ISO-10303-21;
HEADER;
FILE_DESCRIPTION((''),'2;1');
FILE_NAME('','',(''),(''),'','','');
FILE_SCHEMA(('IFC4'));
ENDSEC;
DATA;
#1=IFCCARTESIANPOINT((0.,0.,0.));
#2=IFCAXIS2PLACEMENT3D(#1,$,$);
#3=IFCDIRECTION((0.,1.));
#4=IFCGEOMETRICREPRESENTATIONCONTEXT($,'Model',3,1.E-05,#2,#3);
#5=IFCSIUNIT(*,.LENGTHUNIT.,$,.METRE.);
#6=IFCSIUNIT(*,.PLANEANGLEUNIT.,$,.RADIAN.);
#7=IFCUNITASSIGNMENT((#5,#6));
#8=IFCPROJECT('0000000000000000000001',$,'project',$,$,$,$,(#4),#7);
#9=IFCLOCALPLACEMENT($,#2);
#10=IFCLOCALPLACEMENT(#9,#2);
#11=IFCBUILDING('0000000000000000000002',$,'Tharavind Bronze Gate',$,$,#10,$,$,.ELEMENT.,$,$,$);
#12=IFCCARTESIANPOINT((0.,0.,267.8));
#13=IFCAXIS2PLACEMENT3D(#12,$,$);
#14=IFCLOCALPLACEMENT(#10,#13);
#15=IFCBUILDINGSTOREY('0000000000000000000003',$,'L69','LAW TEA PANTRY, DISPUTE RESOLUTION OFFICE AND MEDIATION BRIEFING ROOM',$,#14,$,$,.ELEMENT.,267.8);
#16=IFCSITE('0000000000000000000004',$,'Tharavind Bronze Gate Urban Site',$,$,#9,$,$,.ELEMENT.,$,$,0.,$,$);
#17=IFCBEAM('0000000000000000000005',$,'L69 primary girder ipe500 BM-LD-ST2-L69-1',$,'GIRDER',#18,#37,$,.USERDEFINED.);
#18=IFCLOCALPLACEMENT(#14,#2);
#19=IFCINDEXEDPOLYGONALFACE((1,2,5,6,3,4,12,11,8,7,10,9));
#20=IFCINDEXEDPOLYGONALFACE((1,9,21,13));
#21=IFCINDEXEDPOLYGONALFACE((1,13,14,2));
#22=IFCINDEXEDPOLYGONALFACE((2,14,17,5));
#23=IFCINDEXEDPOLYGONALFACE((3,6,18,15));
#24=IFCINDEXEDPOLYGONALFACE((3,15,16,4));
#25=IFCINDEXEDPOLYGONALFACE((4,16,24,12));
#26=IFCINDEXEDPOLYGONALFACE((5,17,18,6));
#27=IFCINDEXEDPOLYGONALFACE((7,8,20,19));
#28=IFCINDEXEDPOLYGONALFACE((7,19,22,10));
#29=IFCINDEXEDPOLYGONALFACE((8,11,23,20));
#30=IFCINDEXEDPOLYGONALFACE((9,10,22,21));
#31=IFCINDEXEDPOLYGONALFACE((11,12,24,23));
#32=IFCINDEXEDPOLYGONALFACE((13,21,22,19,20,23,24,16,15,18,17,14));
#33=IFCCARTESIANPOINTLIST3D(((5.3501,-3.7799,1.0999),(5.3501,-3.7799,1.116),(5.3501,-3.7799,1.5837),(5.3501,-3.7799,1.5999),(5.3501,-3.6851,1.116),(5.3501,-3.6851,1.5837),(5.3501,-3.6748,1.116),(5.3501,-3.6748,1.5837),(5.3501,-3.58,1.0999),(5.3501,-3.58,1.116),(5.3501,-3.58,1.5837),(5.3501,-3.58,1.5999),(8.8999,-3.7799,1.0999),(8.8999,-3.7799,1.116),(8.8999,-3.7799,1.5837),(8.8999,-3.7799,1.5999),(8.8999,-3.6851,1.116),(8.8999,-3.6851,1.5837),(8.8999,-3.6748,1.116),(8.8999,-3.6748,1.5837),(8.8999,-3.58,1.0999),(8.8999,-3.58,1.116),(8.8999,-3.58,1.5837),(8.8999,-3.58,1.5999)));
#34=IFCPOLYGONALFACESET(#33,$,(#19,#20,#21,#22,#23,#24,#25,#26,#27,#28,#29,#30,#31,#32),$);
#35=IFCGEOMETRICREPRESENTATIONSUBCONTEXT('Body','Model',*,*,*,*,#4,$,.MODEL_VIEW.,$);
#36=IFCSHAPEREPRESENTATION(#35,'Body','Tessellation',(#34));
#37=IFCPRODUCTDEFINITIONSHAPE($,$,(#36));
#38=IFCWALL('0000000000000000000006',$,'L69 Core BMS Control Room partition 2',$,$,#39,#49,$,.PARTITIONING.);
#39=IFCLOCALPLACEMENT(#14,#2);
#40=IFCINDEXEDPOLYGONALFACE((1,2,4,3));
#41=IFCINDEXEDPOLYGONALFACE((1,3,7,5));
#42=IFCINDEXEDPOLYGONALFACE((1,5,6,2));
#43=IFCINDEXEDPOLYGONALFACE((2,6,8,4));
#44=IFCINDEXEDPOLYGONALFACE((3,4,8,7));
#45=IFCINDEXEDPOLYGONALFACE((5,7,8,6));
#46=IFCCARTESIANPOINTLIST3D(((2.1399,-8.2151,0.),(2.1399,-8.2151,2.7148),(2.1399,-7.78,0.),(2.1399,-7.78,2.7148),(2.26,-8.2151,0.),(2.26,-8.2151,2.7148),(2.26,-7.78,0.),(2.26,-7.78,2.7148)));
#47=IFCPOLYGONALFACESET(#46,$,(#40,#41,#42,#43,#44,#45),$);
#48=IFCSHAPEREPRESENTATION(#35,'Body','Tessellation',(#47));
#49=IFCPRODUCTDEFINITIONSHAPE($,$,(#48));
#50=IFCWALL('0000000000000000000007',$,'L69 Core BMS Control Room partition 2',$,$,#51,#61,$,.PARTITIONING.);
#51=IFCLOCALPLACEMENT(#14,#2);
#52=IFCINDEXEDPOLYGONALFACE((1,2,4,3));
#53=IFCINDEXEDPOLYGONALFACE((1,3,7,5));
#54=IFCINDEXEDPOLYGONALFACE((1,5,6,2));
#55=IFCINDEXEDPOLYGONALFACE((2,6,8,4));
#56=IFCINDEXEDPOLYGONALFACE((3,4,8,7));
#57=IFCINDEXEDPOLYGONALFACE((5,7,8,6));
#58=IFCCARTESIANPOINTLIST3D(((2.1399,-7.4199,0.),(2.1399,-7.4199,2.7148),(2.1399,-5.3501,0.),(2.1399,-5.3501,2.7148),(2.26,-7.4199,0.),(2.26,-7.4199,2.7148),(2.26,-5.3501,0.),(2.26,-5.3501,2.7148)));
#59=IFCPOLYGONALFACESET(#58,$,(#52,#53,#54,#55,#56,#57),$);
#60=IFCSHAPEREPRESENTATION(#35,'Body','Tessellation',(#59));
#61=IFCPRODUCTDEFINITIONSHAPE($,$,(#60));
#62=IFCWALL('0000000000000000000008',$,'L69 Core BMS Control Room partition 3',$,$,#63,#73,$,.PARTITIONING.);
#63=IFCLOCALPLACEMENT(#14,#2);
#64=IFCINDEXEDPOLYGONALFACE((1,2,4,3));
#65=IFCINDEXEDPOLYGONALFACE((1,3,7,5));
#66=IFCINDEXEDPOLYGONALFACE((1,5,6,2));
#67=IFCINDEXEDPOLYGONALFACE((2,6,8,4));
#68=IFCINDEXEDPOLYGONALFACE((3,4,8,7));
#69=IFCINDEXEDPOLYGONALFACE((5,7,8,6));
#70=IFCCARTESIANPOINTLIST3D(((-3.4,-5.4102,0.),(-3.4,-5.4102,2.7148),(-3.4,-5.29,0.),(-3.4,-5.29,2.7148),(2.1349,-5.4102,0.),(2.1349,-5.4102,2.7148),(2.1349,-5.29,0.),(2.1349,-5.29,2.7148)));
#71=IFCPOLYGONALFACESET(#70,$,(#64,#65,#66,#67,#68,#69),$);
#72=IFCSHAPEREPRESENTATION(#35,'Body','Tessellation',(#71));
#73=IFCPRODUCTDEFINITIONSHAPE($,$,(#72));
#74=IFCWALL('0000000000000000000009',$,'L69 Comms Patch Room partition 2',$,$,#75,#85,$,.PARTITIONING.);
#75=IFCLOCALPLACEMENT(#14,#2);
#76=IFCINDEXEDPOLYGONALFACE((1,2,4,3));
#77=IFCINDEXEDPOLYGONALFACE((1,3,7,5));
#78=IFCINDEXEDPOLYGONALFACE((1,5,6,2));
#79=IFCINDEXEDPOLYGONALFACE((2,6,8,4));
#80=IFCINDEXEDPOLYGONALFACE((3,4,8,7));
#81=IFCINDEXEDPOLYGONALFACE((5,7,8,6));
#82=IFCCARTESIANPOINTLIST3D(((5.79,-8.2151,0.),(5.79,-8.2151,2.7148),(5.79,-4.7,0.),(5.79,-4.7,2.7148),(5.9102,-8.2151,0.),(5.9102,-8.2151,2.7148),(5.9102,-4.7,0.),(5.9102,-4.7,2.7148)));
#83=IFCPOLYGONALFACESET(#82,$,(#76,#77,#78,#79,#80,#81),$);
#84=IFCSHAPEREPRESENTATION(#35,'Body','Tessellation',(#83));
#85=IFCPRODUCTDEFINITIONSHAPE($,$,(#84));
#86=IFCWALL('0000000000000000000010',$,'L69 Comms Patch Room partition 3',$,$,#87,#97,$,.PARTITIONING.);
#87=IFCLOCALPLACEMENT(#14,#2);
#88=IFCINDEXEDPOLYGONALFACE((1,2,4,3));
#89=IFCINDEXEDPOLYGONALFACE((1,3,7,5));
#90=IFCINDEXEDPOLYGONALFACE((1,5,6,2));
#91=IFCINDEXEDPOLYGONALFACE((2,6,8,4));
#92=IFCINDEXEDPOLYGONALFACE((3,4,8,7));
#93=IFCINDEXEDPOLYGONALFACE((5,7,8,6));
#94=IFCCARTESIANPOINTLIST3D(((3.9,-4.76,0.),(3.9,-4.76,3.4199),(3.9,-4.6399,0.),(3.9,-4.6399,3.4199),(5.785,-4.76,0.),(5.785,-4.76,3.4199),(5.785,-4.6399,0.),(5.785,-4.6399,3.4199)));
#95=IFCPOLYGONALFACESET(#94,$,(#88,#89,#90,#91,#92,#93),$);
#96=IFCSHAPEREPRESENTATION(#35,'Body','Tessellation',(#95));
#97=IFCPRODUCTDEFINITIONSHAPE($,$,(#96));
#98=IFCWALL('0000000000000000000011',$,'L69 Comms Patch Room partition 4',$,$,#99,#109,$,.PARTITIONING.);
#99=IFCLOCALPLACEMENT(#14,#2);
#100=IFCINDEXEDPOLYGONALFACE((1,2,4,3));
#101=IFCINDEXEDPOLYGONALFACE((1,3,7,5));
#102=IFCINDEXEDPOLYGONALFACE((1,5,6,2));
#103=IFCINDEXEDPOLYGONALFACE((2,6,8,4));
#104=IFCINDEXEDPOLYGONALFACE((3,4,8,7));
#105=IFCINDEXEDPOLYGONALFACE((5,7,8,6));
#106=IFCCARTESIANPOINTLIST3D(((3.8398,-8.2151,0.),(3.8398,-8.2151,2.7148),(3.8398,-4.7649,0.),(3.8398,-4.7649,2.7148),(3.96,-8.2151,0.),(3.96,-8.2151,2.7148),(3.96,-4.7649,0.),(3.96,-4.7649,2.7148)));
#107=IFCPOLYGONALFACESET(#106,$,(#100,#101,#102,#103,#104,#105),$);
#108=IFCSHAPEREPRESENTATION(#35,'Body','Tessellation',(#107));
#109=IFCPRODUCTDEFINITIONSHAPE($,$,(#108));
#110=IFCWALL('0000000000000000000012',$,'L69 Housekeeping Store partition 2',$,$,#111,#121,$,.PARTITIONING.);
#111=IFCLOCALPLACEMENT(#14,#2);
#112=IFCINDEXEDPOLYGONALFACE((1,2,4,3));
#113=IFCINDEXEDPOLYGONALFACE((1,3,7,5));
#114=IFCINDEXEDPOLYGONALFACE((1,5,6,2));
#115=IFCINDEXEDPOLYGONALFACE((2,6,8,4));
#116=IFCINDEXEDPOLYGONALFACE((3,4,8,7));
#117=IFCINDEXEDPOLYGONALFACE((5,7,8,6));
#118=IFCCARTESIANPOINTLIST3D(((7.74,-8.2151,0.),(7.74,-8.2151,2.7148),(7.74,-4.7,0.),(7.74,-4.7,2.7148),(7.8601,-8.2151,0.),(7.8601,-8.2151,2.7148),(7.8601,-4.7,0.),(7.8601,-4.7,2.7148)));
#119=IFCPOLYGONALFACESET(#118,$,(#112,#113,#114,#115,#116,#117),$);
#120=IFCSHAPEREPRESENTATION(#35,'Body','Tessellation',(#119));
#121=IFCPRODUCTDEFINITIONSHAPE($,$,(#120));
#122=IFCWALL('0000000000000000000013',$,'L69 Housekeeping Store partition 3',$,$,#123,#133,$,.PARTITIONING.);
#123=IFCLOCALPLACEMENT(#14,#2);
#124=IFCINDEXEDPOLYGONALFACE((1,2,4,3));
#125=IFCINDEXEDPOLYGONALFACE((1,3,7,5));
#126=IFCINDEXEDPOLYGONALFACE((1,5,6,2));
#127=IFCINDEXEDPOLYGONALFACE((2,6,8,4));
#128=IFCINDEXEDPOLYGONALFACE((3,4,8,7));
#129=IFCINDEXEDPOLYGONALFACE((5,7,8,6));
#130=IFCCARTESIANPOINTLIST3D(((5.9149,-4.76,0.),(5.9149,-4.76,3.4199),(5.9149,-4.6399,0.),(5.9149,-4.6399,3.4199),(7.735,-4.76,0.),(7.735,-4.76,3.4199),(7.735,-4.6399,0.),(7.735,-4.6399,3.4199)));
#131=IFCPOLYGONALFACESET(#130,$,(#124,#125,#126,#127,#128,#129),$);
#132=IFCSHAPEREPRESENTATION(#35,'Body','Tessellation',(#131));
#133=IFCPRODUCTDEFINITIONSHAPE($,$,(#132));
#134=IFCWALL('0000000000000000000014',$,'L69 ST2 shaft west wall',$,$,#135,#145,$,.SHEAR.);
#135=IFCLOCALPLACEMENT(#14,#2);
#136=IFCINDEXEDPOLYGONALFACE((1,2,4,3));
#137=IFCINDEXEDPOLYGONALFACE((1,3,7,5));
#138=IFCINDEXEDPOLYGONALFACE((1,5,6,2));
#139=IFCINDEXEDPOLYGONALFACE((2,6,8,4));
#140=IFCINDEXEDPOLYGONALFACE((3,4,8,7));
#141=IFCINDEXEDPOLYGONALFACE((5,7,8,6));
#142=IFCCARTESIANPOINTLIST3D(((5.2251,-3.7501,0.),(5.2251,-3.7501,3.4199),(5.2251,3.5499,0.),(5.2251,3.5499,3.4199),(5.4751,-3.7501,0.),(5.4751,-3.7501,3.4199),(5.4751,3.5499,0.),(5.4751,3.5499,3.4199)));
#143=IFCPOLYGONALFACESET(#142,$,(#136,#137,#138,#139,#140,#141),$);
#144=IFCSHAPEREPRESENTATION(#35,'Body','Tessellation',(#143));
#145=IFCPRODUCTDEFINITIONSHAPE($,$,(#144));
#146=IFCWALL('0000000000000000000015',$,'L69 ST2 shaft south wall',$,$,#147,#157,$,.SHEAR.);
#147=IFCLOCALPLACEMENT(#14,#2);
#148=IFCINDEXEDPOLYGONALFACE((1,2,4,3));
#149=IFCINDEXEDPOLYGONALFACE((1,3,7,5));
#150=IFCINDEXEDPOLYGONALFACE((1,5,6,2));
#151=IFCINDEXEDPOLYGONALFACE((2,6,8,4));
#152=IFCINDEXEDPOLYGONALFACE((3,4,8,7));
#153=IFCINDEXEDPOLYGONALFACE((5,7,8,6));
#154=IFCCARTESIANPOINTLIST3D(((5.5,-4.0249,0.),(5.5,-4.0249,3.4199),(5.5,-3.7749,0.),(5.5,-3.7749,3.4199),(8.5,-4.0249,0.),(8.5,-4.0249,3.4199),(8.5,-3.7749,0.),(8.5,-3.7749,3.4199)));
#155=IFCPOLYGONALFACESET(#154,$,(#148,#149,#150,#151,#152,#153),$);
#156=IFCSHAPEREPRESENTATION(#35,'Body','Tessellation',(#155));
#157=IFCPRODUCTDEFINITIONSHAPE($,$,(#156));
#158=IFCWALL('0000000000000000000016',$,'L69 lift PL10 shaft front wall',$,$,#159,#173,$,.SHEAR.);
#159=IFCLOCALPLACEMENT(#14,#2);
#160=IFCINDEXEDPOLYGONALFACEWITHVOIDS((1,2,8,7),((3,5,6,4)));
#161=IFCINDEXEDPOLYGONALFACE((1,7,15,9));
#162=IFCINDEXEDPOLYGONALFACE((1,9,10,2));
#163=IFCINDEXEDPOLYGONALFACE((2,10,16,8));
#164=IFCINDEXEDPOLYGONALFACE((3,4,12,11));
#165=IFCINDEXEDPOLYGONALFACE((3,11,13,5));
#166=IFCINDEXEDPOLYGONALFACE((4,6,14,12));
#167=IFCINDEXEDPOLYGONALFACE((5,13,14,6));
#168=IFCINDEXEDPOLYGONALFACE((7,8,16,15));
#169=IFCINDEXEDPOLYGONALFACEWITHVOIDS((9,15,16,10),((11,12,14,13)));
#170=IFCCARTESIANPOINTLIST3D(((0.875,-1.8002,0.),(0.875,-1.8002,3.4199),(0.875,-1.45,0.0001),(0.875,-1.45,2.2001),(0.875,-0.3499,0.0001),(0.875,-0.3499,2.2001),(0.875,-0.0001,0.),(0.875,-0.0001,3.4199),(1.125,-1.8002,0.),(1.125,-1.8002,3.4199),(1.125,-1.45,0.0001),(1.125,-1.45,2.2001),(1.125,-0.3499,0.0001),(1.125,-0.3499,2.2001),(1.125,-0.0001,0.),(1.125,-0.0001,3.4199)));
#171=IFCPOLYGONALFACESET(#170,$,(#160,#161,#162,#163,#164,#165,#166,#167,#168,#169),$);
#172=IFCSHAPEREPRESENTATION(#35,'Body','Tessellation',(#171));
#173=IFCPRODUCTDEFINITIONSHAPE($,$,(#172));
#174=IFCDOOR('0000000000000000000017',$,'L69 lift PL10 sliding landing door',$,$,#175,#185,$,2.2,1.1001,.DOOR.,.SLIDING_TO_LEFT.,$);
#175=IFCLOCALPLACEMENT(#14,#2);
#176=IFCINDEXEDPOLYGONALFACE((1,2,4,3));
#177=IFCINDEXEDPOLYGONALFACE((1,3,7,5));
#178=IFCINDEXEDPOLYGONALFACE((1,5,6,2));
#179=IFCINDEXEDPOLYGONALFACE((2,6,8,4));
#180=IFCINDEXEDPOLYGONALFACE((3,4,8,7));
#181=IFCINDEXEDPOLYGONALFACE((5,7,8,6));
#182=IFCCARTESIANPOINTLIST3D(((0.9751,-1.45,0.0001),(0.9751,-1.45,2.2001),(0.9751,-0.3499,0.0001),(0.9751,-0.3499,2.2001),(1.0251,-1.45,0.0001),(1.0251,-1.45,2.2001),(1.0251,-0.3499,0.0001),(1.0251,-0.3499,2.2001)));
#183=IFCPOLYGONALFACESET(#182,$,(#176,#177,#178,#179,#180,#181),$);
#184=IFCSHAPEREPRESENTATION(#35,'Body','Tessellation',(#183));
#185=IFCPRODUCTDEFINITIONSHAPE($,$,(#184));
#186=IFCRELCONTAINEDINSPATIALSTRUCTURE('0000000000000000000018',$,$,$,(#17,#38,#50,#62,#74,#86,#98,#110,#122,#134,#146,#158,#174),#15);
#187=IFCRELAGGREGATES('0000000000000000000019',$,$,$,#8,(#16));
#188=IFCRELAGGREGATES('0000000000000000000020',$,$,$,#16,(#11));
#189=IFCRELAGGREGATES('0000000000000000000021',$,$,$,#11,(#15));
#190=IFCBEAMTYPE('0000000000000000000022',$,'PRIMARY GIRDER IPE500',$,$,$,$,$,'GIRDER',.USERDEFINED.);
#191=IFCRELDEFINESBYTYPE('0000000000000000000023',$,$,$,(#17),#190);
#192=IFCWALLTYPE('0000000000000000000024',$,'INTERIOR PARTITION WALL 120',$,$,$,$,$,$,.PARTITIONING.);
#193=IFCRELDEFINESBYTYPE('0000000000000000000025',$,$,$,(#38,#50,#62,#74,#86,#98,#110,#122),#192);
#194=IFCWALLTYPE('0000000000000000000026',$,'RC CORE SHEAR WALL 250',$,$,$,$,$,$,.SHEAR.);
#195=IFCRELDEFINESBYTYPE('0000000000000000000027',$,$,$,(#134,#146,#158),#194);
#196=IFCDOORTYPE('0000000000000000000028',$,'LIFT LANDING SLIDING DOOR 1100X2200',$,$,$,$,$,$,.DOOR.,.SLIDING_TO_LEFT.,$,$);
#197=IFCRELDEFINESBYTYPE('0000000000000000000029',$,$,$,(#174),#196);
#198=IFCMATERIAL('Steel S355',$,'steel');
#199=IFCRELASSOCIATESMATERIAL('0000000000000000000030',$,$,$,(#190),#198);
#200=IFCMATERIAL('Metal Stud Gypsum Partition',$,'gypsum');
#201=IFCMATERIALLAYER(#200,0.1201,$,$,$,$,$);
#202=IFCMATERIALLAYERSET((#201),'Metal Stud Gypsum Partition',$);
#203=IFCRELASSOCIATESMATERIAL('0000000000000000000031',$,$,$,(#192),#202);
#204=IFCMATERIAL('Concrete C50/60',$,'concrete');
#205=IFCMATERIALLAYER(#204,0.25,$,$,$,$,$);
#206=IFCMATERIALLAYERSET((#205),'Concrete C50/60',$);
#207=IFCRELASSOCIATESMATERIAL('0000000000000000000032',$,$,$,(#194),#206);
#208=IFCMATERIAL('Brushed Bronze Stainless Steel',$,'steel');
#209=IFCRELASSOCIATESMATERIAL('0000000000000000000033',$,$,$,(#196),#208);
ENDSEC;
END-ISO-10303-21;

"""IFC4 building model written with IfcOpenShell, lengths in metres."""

from ifc_helpers import new_model, si_unit, direction, frame, frame_2d, origin, origin_2d, place, context, subcontext, project, spatial, rectangle, i_section, extrude, material, layer, layer_set, material_profile, profile_set, type_object, element, fill, save


model = new_model("IFC4")

# Units and contexts
model_context = context("Model", 3, precision=1e-05, world=origin(), true_north=direction((0.0, 1.0)))
body_context = subcontext(model_context, "Body", "Model", "MODEL_VIEW")
ifc_project = project(units=[si_unit("LENGTHUNIT", "METRE"), si_unit("PLANEANGLEUNIT", "RADIAN")], contexts=[model_context])

# Site, building, storey
site_placement = place(None, origin())
site = spatial("IfcSite", under=ifc_project, at=site_placement, Name="Tharavind Bronze Gate Urban Site", CompositionType="ELEMENT", RefElevation=0.0)
building_placement = place(site_placement, origin())
building = spatial("IfcBuilding", under=site, at=building_placement, Name="Tharavind Bronze Gate", CompositionType="ELEMENT")
storey_placement = place(building_placement, frame((0.0, 0.0, 267.8)))
storey = spatial("IfcBuildingStorey", under=building, at=storey_placement, Name="L69", Description="LAW TEA PANTRY, DISPUTE RESOLUTION OFFICE AND MEDIATION BRIEFING ROOM", CompositionType="ELEMENT", Elevation=267.8)

# Beam
ifc_material_1 = material(Name="Steel S355", Category="steel")
ifc_material_profile = material_profile(ifc_material_1, i_section(OverallWidth=0.2, OverallDepth=0.5, WebThickness=0.0103, FlangeThickness=0.0161, at=origin_2d()), Name="IPE500")
ifc_profile_set = profile_set([ifc_material_profile], Name="Steel S355")
beam_type = type_object("IfcBeamType", Name="PRIMARY GIRDER IPE500", ElementType="GIRDER", PredefinedType="USERDEFINED", material=ifc_profile_set)
beam_placement = place(storey_placement, frame((5.3501, -3.6799, 1.3499), z_axis=(1.0, 0.0, 0.0), x_axis=(0.0, 1.0, 0.0)))
element("IfcBeam", 1, at=beam_placement, inside=storey, type_object=beam_type, Name="L69 primary girder ipe500 BM-LD-ST2-L69-1", ObjectType="GIRDER", PredefinedType="USERDEFINED", context=body_context, shape_type="SweptSolid", body=[
    extrude(i_section(OverallWidth=0.2, OverallDepth=0.5, WebThickness=0.0103, FlangeThickness=0.0161, at=origin_2d()), origin(), (0.0, 0.0, 1.0), 3.5498),
])

# Walls
ifc_material_2 = material(Name="Metal Stud Gypsum Partition", Category="gypsum")
ifc_layer_1 = layer(ifc_material_2, 0.1201)
ifc_layer_set_1 = layer_set([ifc_layer_1], Name="Metal Stud Gypsum Partition")
wall_type_1 = type_object("IfcWallType", Name="INTERIOR PARTITION WALL 120", PredefinedType="PARTITIONING", material=ifc_layer_set_1)
wall_1_placement = place(storey_placement, frame((2.2, -8.2151, 0.0), z_axis=(0.0, 0.0, 1.0), x_axis=(0.0, 1.0, 0.0)))
element("IfcWall", 2, at=wall_1_placement, inside=storey, type_object=wall_type_1, Name="L69 Core BMS Control Room partition 2", PredefinedType="PARTITIONING", context=body_context, shape_type="SweptSolid", body=[
    extrude(rectangle(XDim=0.4351, YDim=0.1201, at=frame_2d((0.2175, 0.0))), origin(), (0.0, 0.0, 1.0), 2.7148),
])
wall_2_placement = place(storey_placement, frame((2.2, -7.4199, 0.0), z_axis=(0.0, 0.0, 1.0), x_axis=(0.0, 1.0, 0.0)))
element("IfcWall", 3, at=wall_2_placement, inside=storey, type_object=wall_type_1, Name="L69 Core BMS Control Room partition 2", PredefinedType="PARTITIONING", context=body_context, shape_type="SweptSolid", body=[
    extrude(rectangle(XDim=2.0698, YDim=0.1201, at=frame_2d((1.0349, 0.0))), origin(), (0.0, 0.0, 1.0), 2.7148),
])
wall_3_placement = place(storey_placement, frame((2.135, -5.3501, 0.0), z_axis=(0.0, 0.0, 1.0), x_axis=(-1.0, 0.0, 0.0)))
element("IfcWall", 4, at=wall_3_placement, inside=storey, type_object=wall_type_1, Name="L69 Core BMS Control Room partition 3", PredefinedType="PARTITIONING", context=body_context, shape_type="SweptSolid", body=[
    extrude(rectangle(XDim=5.5349, YDim=0.1201, at=frame_2d((2.7676, 0.0))), origin(), (0.0, 0.0, 1.0), 2.7148),
])
wall_4_placement = place(storey_placement, frame((5.8501, -8.2151, 0.0), z_axis=(0.0, 0.0, 1.0), x_axis=(0.0, 1.0, 0.0)))
element("IfcWall", 5, at=wall_4_placement, inside=storey, type_object=wall_type_1, Name="L69 Comms Patch Room partition 2", PredefinedType="PARTITIONING", context=body_context, shape_type="SweptSolid", body=[
    extrude(rectangle(XDim=3.5151, YDim=0.1201, at=frame_2d((1.7576, 0.0))), origin(), (0.0, 0.0, 1.0), 2.7148),
])
wall_5_placement = place(storey_placement, frame((5.7849, -4.7, 0.0), z_axis=(0.0, 0.0, 1.0), x_axis=(-1.0, 0.0, 0.0)))
element("IfcWall", 6, at=wall_5_placement, inside=storey, type_object=wall_type_1, Name="L69 Comms Patch Room partition 3", PredefinedType="PARTITIONING", context=body_context, shape_type="SweptSolid", body=[
    extrude(rectangle(XDim=1.885, YDim=0.1201, at=frame_2d((0.9424, 0.0))), origin(), (0.0, 0.0, 1.0), 3.4199),
])
wall_6_placement = place(storey_placement, frame((3.8999, -4.7649, 0.0), z_axis=(0.0, 0.0, 1.0), x_axis=(0.0, -1.0, 0.0)))
element("IfcWall", 7, at=wall_6_placement, inside=storey, type_object=wall_type_1, Name="L69 Comms Patch Room partition 4", PredefinedType="PARTITIONING", context=body_context, shape_type="SweptSolid", body=[
    extrude(rectangle(XDim=3.4502, YDim=0.1201, at=frame_2d((1.7251, 0.0))), origin(), (0.0, 0.0, 1.0), 2.7148),
])
wall_7_placement = place(storey_placement, frame((7.8, -8.2151, 0.0), z_axis=(0.0, 0.0, 1.0), x_axis=(0.0, 1.0, 0.0)))
element("IfcWall", 8, at=wall_7_placement, inside=storey, type_object=wall_type_1, Name="L69 Housekeeping Store partition 2", PredefinedType="PARTITIONING", context=body_context, shape_type="SweptSolid", body=[
    extrude(rectangle(XDim=3.5151, YDim=0.1201, at=frame_2d((1.7576, 0.0))), origin(), (0.0, 0.0, 1.0), 2.7148),
])
wall_8_placement = place(storey_placement, frame((7.7351, -4.7, 0.0), z_axis=(0.0, 0.0, 1.0), x_axis=(-1.0, 0.0, 0.0)))
element("IfcWall", 9, at=wall_8_placement, inside=storey, type_object=wall_type_1, Name="L69 Housekeeping Store partition 3", PredefinedType="PARTITIONING", context=body_context, shape_type="SweptSolid", body=[
    extrude(rectangle(XDim=1.8201, YDim=0.1201, at=frame_2d((0.9102, 0.0))), origin(), (0.0, 0.0, 1.0), 3.4199),
])
ifc_material_3 = material(Name="Concrete C50/60", Category="concrete")
ifc_layer_2 = layer(ifc_material_3, 0.25)
ifc_layer_set_2 = layer_set([ifc_layer_2], Name="Concrete C50/60")
wall_type_2 = type_object("IfcWallType", Name="RC CORE SHEAR WALL 250", PredefinedType="SHEAR", material=ifc_layer_set_2)
wall_9_placement = place(storey_placement, frame((5.3501, -3.75, 0.0), z_axis=(0.0, 0.0, 1.0), x_axis=(0.0, 1.0, 0.0)))
element("IfcWall", 10, at=wall_9_placement, inside=storey, type_object=wall_type_2, Name="L69 ST2 shaft west wall", PredefinedType="SHEAR", context=body_context, shape_type="SweptSolid", body=[
    extrude(rectangle(XDim=7.3, YDim=0.25, at=frame_2d((3.6499, 0.0))), origin(), (0.0, 0.0, 1.0), 3.4199),
])
wall_10_placement = place(storey_placement, frame((5.5, -3.8999, 0.0), z_axis=(0.0, 0.0, 1.0), x_axis=(1.0, 0.0, 0.0)))
element("IfcWall", 11, at=wall_10_placement, inside=storey, type_object=wall_type_2, Name="L69 ST2 shaft south wall", PredefinedType="SHEAR", context=body_context, shape_type="SweptSolid", body=[
    extrude(rectangle(XDim=3.0, YDim=0.25, at=frame_2d((1.5, 0.0))), origin(), (0.0, 0.0, 1.0), 3.4199),
])

# Wall, opening, door
wall_11_placement = place(storey_placement, frame((1.0, -1.8, 0.0), z_axis=(0.0, 0.0, 1.0), x_axis=(0.0, 1.0, 0.0)))
wall_11 = element("IfcWall", 12, at=wall_11_placement, inside=storey, type_object=wall_type_2, Name="L69 lift PL10 shaft front wall", PredefinedType="SHEAR", context=body_context, shape_type="SweptSolid", body=[
    extrude(rectangle(XDim=1.8, YDim=0.25, at=frame_2d((0.8999, 0.0))), origin(), (0.0, 0.0, 1.0), 3.4199),
])
opening_1_placement = place(wall_11_placement, frame((0.3501, 0.0, 0.0)))
opening_1 = element("IfcOpeningElement", 13, at=opening_1_placement, cuts=wall_11, PredefinedType="OPENING", context=body_context, shape_type="SweptSolid", body=[
    extrude(rectangle(XDim=1.1001, YDim=2.2, at=frame_2d((0.55, 1.1001))), frame((0.0, 0.135, 0.0), z_axis=(0.0, -1.0, 0.0), x_axis=(1.0, 0.0, 0.0)), (0.0, 0.0, 1.0), 0.27),
])
ifc_material_4 = material(Name="Brushed Bronze Stainless Steel", Category="steel")
door_type = type_object("IfcDoorType", Name="LIFT LANDING SLIDING DOOR 1100X2200", OperationType="SLIDING_TO_LEFT", PredefinedType="DOOR", material=ifc_material_4)
door_1_placement = place(opening_1_placement, origin())
door_1 = element("IfcDoor", 14, at=door_1_placement, inside=storey, type_object=door_type, Name="L69 lift PL10 sliding landing door", OperationType="SLIDING_TO_LEFT", OverallHeight=2.2, OverallWidth=1.1001, PredefinedType="DOOR", context=body_context, shape_type="SweptSolid", body=[
    extrude(rectangle(XDim=1.1001, YDim=2.2, at=frame_2d((0.55, 1.1001))), frame((0.0, 0.0249, 0.0), z_axis=(0.0, -1.0, 0.0), x_axis=(1.0, 0.0, 0.0)), (0.0, 0.0, 1.0), 0.05),
])
fill(opening_1, door_1)

save(model, "model.ifc")
